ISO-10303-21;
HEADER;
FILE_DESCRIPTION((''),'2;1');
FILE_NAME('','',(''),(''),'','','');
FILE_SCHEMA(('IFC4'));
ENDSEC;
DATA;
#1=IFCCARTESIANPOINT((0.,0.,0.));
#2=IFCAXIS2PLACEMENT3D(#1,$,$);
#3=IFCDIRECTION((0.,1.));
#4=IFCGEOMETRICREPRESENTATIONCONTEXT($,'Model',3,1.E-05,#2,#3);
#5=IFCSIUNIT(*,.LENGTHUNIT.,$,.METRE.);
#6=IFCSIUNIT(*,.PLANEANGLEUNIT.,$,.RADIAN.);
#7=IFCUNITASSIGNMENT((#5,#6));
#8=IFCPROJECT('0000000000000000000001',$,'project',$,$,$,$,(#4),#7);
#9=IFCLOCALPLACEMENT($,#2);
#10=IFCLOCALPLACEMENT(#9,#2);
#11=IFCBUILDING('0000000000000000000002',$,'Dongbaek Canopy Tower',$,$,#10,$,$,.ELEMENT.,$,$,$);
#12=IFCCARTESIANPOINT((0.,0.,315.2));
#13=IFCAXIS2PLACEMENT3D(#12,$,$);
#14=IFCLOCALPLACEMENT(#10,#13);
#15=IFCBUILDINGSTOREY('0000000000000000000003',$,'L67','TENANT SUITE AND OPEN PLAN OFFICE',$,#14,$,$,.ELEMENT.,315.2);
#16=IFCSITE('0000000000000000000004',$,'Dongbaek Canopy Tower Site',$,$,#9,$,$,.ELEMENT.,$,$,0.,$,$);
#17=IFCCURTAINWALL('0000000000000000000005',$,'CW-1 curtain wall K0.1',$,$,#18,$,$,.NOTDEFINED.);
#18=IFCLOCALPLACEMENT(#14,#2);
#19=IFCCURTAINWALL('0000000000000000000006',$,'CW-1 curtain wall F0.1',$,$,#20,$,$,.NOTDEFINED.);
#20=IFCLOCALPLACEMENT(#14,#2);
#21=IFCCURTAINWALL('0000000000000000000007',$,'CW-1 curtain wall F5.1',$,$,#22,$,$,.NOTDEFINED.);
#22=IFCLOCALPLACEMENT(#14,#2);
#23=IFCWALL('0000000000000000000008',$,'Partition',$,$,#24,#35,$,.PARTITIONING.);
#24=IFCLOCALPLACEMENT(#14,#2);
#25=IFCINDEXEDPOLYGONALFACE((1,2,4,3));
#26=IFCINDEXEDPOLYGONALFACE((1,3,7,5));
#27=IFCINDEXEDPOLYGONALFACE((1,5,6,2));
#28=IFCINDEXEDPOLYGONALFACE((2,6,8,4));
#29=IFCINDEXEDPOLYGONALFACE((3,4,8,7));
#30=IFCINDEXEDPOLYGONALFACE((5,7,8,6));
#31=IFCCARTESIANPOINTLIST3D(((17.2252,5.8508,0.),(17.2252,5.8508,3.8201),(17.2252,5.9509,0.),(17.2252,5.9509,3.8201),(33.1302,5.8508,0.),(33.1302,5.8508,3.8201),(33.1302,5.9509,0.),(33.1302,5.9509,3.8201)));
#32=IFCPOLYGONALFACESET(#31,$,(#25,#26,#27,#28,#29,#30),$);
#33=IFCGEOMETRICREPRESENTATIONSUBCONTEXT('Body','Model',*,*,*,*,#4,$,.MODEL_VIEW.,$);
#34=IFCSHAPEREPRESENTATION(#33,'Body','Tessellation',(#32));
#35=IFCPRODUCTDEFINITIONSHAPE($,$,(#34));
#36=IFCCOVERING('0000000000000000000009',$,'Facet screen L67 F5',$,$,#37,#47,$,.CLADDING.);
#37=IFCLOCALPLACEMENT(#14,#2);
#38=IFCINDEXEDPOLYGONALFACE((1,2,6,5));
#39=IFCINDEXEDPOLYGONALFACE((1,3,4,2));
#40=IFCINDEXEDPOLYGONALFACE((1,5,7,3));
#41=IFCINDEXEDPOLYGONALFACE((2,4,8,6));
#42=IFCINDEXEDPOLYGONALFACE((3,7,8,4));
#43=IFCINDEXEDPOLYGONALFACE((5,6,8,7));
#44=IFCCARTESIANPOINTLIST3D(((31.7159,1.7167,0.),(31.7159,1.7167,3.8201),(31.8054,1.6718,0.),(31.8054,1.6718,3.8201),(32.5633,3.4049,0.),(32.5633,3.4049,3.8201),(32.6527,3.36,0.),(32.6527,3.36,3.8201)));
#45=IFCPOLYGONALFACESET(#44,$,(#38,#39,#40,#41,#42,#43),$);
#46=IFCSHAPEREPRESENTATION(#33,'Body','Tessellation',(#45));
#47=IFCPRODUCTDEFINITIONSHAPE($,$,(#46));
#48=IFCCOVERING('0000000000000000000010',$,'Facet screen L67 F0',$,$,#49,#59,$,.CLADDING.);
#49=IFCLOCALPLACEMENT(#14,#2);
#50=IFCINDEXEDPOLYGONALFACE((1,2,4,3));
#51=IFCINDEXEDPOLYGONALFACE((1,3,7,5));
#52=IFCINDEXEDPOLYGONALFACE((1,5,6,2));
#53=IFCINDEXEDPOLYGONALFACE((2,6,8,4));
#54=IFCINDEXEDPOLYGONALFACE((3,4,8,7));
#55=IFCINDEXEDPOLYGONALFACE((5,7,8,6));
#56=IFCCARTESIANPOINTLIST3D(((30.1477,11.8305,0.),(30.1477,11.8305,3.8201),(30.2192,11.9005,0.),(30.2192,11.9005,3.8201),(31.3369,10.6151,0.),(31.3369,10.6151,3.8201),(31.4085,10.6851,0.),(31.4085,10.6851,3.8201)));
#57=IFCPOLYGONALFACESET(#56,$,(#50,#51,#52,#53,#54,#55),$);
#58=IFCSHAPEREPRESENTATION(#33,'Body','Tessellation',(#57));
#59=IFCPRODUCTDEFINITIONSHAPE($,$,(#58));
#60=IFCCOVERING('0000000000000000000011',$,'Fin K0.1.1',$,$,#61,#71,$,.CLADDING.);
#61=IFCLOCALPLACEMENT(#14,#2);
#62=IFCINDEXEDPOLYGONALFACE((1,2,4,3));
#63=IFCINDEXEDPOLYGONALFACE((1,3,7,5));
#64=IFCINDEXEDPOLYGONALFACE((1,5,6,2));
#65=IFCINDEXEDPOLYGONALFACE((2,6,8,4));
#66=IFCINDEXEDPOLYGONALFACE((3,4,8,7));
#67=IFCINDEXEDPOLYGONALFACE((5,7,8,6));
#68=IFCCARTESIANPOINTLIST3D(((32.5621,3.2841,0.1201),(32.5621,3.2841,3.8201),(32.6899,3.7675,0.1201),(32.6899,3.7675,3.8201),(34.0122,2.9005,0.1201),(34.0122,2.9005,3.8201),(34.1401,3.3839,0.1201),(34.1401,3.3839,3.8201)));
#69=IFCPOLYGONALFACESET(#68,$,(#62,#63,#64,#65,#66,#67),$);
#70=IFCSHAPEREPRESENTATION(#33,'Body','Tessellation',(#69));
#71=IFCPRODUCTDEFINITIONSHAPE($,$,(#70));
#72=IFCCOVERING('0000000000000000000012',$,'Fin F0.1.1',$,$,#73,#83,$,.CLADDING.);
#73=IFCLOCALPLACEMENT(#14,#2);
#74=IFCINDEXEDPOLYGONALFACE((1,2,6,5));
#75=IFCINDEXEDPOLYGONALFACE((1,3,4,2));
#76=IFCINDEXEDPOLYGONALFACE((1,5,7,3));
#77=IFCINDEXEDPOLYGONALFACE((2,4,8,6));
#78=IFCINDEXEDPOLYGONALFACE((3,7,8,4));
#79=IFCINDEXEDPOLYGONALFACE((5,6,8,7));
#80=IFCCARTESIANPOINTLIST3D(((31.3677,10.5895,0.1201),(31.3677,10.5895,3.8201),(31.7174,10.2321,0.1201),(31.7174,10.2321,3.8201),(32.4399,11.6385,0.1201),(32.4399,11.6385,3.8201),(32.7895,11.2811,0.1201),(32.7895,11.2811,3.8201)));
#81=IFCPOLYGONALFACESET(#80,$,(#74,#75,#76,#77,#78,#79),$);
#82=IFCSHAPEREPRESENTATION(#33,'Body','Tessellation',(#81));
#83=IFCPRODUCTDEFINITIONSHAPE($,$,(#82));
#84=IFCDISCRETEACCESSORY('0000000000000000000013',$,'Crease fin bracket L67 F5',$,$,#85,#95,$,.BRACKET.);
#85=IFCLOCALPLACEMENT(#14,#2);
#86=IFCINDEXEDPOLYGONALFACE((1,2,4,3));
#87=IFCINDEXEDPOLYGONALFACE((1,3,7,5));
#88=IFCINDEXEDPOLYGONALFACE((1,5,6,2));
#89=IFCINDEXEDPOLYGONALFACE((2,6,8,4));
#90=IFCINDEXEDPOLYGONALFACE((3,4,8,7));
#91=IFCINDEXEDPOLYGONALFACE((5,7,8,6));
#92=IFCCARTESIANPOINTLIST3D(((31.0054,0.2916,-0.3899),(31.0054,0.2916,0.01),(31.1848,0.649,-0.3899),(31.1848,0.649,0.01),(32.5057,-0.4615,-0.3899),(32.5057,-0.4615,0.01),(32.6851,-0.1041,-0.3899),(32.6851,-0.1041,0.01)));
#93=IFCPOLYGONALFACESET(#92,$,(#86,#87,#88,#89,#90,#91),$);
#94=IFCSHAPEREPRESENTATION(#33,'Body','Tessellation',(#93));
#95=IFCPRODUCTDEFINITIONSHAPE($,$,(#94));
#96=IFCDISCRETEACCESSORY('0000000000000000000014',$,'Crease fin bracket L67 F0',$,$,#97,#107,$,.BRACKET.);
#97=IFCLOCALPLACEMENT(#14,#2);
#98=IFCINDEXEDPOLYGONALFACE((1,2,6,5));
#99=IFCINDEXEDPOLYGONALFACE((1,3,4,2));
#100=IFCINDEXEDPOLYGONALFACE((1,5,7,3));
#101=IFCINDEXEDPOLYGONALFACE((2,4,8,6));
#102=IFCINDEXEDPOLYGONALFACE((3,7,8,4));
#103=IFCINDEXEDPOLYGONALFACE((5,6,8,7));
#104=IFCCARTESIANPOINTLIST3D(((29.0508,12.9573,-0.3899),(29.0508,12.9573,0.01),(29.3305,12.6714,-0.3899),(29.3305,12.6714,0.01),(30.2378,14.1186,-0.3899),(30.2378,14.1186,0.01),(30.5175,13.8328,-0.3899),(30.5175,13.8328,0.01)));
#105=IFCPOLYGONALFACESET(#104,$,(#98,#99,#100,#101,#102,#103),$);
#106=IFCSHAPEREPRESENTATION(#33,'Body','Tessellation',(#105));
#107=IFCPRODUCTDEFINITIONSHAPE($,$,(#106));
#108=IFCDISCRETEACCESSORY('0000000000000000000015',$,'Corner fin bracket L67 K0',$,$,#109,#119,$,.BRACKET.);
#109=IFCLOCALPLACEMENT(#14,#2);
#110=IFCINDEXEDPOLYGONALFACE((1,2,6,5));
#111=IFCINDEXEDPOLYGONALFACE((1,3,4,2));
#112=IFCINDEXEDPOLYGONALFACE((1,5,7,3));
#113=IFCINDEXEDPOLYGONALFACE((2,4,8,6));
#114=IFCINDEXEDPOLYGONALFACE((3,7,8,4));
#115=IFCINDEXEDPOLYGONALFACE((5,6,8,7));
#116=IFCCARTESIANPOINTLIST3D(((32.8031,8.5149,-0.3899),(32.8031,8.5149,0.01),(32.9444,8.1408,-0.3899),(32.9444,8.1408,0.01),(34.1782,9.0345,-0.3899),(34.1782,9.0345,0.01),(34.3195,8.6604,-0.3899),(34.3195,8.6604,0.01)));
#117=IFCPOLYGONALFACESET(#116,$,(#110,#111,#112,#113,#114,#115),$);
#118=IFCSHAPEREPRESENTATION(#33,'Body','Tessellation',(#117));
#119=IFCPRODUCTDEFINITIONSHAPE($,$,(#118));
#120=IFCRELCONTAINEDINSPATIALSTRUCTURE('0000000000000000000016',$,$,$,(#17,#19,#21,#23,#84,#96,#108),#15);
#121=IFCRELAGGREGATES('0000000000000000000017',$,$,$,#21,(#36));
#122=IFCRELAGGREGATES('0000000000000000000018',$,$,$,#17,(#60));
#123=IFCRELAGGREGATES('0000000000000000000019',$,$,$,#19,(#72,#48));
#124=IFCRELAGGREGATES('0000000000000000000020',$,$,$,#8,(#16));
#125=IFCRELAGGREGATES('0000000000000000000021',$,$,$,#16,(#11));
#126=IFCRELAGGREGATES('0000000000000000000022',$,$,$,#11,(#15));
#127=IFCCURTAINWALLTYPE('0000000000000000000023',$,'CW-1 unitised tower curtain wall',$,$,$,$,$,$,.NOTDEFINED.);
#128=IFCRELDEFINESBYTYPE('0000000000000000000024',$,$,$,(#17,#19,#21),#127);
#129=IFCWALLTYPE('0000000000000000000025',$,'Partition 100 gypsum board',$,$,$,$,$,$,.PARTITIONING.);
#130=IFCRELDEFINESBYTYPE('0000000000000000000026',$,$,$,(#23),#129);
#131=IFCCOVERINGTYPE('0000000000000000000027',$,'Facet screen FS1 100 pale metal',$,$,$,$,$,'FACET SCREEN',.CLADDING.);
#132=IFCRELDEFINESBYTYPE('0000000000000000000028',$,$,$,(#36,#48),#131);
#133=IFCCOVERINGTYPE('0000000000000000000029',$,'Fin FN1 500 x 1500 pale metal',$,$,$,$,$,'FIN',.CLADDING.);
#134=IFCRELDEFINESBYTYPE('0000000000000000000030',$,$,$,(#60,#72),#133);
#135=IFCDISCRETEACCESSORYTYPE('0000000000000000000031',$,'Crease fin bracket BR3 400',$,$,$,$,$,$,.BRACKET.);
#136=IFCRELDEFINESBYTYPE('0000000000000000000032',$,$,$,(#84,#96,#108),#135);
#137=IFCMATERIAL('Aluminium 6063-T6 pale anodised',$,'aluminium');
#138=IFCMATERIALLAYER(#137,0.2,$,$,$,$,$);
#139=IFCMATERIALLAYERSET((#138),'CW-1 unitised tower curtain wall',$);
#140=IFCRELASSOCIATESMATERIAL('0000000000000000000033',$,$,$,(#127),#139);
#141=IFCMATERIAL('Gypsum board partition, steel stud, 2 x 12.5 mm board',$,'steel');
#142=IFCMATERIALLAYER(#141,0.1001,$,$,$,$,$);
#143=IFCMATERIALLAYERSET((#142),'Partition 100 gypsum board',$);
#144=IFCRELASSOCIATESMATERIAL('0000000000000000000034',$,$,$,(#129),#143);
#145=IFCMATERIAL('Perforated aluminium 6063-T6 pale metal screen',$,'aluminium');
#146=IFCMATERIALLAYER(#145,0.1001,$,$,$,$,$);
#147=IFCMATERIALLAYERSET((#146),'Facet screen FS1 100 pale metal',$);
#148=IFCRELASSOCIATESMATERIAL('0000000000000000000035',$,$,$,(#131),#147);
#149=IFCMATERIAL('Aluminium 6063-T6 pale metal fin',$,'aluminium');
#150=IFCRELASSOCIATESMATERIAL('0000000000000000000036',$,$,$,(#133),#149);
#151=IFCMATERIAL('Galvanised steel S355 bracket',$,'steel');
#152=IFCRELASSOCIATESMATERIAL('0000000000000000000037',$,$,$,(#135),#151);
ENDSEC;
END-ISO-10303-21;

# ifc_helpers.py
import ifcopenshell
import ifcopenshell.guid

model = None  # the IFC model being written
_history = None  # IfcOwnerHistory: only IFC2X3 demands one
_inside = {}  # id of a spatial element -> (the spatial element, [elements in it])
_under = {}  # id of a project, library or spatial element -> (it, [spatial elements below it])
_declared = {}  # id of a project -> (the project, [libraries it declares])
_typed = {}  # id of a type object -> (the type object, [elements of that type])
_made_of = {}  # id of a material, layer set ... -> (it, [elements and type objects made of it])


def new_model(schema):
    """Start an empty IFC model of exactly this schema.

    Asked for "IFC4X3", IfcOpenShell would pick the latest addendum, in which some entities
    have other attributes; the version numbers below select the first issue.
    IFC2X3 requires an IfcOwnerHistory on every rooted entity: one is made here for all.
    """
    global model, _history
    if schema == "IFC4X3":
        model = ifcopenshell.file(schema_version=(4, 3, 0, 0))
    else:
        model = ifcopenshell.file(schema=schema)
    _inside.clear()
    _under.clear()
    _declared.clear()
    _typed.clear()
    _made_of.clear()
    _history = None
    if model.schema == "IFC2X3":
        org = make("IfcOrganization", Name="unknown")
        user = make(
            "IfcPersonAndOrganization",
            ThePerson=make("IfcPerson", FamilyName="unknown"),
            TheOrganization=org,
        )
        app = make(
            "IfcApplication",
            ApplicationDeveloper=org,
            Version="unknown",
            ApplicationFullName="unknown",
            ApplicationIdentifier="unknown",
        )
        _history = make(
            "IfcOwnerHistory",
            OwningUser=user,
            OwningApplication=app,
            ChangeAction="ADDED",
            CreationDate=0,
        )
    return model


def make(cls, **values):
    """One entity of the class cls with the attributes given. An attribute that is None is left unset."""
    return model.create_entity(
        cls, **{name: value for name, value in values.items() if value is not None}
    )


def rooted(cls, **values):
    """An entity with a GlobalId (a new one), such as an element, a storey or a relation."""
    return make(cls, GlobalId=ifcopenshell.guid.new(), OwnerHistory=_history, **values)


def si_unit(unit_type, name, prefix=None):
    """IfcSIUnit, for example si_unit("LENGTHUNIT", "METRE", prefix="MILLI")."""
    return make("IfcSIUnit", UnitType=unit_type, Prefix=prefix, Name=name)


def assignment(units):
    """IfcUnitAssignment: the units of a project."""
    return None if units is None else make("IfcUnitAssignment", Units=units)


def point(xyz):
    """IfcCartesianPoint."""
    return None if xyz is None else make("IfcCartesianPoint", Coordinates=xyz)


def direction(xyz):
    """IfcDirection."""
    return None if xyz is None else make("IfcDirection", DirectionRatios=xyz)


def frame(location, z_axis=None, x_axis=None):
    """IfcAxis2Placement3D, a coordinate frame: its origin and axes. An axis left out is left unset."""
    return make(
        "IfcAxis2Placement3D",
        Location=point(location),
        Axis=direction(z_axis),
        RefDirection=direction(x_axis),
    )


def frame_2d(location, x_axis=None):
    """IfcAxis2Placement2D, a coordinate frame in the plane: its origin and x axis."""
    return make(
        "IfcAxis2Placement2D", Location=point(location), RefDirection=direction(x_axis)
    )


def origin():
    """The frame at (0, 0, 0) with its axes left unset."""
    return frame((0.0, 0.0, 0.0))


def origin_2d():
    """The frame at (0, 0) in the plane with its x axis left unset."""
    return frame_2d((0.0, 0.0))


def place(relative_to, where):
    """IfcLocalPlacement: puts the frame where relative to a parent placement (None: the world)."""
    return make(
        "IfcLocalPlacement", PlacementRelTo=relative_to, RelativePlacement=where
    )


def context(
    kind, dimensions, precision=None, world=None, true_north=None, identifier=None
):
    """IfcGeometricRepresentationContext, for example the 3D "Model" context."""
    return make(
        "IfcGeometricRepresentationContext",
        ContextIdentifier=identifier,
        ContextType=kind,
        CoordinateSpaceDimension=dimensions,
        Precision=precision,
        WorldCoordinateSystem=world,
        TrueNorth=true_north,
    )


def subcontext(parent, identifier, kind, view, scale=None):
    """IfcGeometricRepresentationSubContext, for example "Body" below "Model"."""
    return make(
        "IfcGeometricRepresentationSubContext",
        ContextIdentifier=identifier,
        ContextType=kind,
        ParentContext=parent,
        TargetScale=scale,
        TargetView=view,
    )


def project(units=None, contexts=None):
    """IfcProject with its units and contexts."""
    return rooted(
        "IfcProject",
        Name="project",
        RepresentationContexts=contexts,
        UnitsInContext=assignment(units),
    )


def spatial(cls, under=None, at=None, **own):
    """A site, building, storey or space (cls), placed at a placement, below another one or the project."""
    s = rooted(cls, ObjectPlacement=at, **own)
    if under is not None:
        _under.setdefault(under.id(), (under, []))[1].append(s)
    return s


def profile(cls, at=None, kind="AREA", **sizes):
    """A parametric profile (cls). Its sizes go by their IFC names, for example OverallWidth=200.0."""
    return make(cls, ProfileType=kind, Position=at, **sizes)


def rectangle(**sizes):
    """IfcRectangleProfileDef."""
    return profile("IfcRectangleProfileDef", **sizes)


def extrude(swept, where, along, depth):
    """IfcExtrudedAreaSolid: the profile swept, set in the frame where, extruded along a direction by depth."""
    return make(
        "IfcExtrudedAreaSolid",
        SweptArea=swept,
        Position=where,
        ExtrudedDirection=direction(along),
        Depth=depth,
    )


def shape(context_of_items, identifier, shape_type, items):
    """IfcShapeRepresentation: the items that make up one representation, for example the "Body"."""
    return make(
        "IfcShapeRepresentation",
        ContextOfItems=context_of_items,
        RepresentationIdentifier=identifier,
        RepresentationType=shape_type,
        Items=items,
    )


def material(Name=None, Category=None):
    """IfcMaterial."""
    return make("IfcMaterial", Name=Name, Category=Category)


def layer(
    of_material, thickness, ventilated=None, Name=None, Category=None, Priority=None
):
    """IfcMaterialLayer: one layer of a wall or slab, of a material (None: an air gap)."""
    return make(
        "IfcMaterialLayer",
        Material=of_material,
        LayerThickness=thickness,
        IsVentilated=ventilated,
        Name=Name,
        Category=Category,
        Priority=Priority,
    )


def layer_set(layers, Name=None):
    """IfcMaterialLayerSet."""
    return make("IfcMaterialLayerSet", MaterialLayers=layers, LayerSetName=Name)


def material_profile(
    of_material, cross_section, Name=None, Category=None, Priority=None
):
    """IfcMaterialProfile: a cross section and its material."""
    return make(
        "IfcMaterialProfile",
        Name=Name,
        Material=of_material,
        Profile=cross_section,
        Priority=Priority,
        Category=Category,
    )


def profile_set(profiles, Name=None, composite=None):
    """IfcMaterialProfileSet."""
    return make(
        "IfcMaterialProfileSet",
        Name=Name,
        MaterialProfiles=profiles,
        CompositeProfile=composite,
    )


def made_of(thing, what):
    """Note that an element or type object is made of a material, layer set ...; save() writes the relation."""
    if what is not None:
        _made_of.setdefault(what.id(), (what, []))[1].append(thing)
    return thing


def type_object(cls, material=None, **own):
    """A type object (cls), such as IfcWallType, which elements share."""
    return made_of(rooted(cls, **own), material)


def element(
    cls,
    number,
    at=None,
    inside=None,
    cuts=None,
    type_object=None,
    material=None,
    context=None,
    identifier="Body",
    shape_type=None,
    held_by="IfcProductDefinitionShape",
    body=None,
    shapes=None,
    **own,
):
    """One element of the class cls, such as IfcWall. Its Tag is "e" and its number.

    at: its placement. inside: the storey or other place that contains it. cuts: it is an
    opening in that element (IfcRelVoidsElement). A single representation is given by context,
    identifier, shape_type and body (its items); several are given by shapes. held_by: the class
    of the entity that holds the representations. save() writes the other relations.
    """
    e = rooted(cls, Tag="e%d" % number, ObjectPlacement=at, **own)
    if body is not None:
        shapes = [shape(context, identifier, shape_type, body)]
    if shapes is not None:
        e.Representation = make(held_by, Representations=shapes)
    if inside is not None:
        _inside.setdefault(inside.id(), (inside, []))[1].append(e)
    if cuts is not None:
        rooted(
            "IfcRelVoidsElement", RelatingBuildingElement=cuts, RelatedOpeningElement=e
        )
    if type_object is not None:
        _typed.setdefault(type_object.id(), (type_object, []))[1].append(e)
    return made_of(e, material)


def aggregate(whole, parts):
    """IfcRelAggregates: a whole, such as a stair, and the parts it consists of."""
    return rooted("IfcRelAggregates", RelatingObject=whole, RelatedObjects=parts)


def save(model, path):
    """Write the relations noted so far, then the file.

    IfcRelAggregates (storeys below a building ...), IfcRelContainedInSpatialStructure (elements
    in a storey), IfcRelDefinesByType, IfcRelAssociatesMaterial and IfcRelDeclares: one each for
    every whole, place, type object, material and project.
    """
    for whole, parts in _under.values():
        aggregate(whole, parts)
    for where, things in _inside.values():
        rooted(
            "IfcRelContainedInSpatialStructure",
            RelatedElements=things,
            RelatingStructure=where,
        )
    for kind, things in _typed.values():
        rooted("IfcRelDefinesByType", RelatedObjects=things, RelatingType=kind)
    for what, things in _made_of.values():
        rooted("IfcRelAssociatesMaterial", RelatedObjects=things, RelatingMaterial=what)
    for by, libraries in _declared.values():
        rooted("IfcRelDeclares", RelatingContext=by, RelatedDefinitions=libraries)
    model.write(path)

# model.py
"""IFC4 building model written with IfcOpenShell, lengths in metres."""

from ifc_helpers import new_model, si_unit, direction, frame, frame_2d, origin, origin_2d, place, context, subcontext, project, spatial, rectangle, extrude, material, layer, layer_set, material_profile, profile_set, type_object, element, aggregate, save


model = new_model("IFC4")

# Units and contexts
model_context = context("Model", 3, precision=1e-05, world=origin(), true_north=direction((0.0, 1.0)))
body_context = subcontext(model_context, "Body", "Model", "MODEL_VIEW")
ifc_project = project(units=[si_unit("LENGTHUNIT", "METRE"), si_unit("PLANEANGLEUNIT", "RADIAN")], contexts=[model_context])

# Site, building, storey
site_placement = place(None, origin())
site = spatial("IfcSite", under=ifc_project, at=site_placement, Name="Dongbaek Canopy Tower Site", CompositionType="ELEMENT", RefElevation=0.0)
building_placement = place(site_placement, origin())
building = spatial("IfcBuilding", under=site, at=building_placement, Name="Dongbaek Canopy Tower", CompositionType="ELEMENT")
storey_placement = place(building_placement, frame((0.0, 0.0, 315.2)))
storey = spatial("IfcBuildingStorey", under=building, at=storey_placement, Name="L67", Description="TENANT SUITE AND OPEN PLAN OFFICE", CompositionType="ELEMENT", Elevation=315.2)

# Curtain wall
ifc_material_1 = material(Name="Aluminium 6063-T6 pale anodised", Category="aluminium")
ifc_layer_1 = layer(ifc_material_1, 0.2)
ifc_layer_set_1 = layer_set([ifc_layer_1], Name="CW-1 unitised tower curtain wall")
curtain_wall_type = type_object("IfcCurtainWallType", Name="CW-1 unitised tower curtain wall", PredefinedType="NOTDEFINED", material=ifc_layer_set_1)
curtain_wall_1_placement = place(storey_placement, origin())
curtain_wall_1 = element("IfcCurtainWall", 1, at=curtain_wall_1_placement, inside=storey, type_object=curtain_wall_type, Name="CW-1 curtain wall K0.1", PredefinedType="NOTDEFINED")

# Curtain wall
curtain_wall_2_placement = place(storey_placement, origin())
curtain_wall_2 = element("IfcCurtainWall", 2, at=curtain_wall_2_placement, inside=storey, type_object=curtain_wall_type, Name="CW-1 curtain wall F0.1", PredefinedType="NOTDEFINED")

# Curtain wall
curtain_wall_3_placement = place(storey_placement, origin())
curtain_wall_3 = element("IfcCurtainWall", 3, at=curtain_wall_3_placement, inside=storey, type_object=curtain_wall_type, Name="CW-1 curtain wall F5.1", PredefinedType="NOTDEFINED")

# Wall
ifc_material_2 = material(Name="Gypsum board partition, steel stud, 2 x 12.5 mm board", Category="steel")
ifc_layer_2 = layer(ifc_material_2, 0.1001)
ifc_layer_set_2 = layer_set([ifc_layer_2], Name="Partition 100 gypsum board")
wall_type = type_object("IfcWallType", Name="Partition 100 gypsum board", PredefinedType="PARTITIONING", material=ifc_layer_set_2)
wall_placement = place(storey_placement, frame((17.2251, 5.9009, 0.0), z_axis=(0.0, 0.0, 1.0), x_axis=(1.0, 0.0, 0.0)))
element("IfcWall", 4, at=wall_placement, inside=storey, type_object=wall_type, Name="Partition", PredefinedType="PARTITIONING", context=body_context, shape_type="SweptSolid", body=[
    extrude(rectangle(XDim=15.905, YDim=0.1001, at=frame_2d((7.9526, 0.0))), origin(), (0.0, 0.0, 1.0), 3.8201),
])

# Coverings
ifc_material_3 = material(Name="Perforated aluminium 6063-T6 pale metal screen", Category="aluminium")
ifc_layer_3 = layer(ifc_material_3, 0.1001)
ifc_layer_set_3 = layer_set([ifc_layer_3], Name="Facet screen FS1 100 pale metal")
covering_type_1 = type_object("IfcCoveringType", Name="Facet screen FS1 100 pale metal", ElementType="FACET SCREEN", PredefinedType="CLADDING", material=ifc_layer_set_3)
covering_1_placement = place(storey_placement, frame((32.1843, 2.5383, 0.0), z_axis=(0.0, 0.0, 1.0), x_axis=(0.448598, 0.893733, 0.0)))
covering_1 = element("IfcCovering", 5, at=covering_1_placement, type_object=covering_type_1, Name="Facet screen L67 F5", PredefinedType="CLADDING", context=body_context, shape_type="SweptSolid", body=[
    extrude(rectangle(XDim=1.8889, YDim=0.1001, at=origin_2d()), origin(), (0.0, 0.0, 1.0), 3.8201),
])
aggregate(curtain_wall_3, [covering_1])
covering_2_placement = place(storey_placement, frame((30.7781, 11.2578, 0.0), z_axis=(0.0, 0.0, 1.0), x_axis=(-0.699349, 0.71478, 0.0)))
covering_2 = element("IfcCovering", 6, at=covering_2_placement, type_object=covering_type_1, Name="Facet screen L67 F0", PredefinedType="CLADDING", context=body_context, shape_type="SweptSolid", body=[
    extrude(rectangle(XDim=1.7004, YDim=0.1001, at=origin_2d()), origin(), (0.0, 0.0, 1.0), 3.8201),
])
ifc_material_4 = material(Name="Aluminium 6063-T6 pale metal fin", Category="aluminium")
ifc_material_profile_1 = material_profile(ifc_material_4, rectangle(XDim=1.5, YDim=0.5, at=origin_2d()), Name="Fin FN1 500 x 1500 pale metal")
ifc_profile_set_1 = profile_set([ifc_material_profile_1], Name="Aluminium 6063-T6 pale metal fin")
covering_type_2 = type_object("IfcCoveringType", Name="Fin FN1 500 x 1500 pale metal", ElementType="FIN", PredefinedType="CLADDING", material=ifc_profile_set_1)
covering_3_placement = place(storey_placement, frame((33.3511, 3.334, 0.1201), z_axis=(0.0, 0.0, 1.0), x_axis=(0.966753, -0.255711, 0.0)))
covering_3 = element("IfcCovering", 7, at=covering_3_placement, type_object=covering_type_2, Name="Fin K0.1.1", PredefinedType="CLADDING", context=body_context, shape_type="SweptSolid", body=[
    extrude(rectangle(XDim=1.5, YDim=0.5, at=origin_2d()), origin(), (0.0, 0.0, 1.0), 3.7),
])
aggregate(curtain_wall_1, [covering_3])
covering_4_placement = place(storey_placement, frame((32.0786, 10.9353, 0.1201), z_axis=(0.0, 0.0, 1.0), x_axis=(0.71478, 0.699349, 0.0)))
covering_4 = element("IfcCovering", 8, at=covering_4_placement, type_object=covering_type_2, Name="Fin F0.1.1", PredefinedType="CLADDING", context=body_context, shape_type="SweptSolid", body=[
    extrude(rectangle(XDim=1.5, YDim=0.5, at=origin_2d()), origin(), (0.0, 0.0, 1.0), 3.7),
])
aggregate(curtain_wall_2, [covering_4, covering_2])

# Discrete accessories
ifc_material_5 = material(Name="Galvanised steel S355 bracket", Category="steel")
discrete_accessory_type = type_object("IfcDiscreteAccessoryType", Name="Crease fin bracket BR3 400", PredefinedType="BRACKET", material=ifc_material_5)
discrete_accessory_1_placement = place(storey_placement, frame((31.8452, 0.0938, -0.3899), z_axis=(0.0, 0.0, 1.0), x_axis=(0.893733, -0.448598, 0.0)))
element("IfcDiscreteAccessory", 9, at=discrete_accessory_1_placement, inside=storey, type_object=discrete_accessory_type, Name="Crease fin bracket L67 F5", PredefinedType="BRACKET", context=body_context, shape_type="SweptSolid", body=[
    extrude(rectangle(XDim=1.6787, YDim=0.3999, at=origin_2d()), origin(), (0.0, 0.0, 1.0), 0.3999),
])
discrete_accessory_2_placement = place(storey_placement, frame((29.7842, 13.395, -0.3899), z_axis=(0.0, 0.0, 1.0), x_axis=(0.71478, 0.699349, 0.0)))
element("IfcDiscreteAccessory", 10, at=discrete_accessory_2_placement, inside=storey, type_object=discrete_accessory_type, Name="Crease fin bracket L67 F0", PredefinedType="BRACKET", context=body_context, shape_type="SweptSolid", body=[
    extrude(rectangle(XDim=1.6606, YDim=0.3999, at=origin_2d()), origin(), (0.0, 0.0, 1.0), 0.3999),
])
discrete_accessory_3_placement = place(storey_placement, frame((33.5613, 8.5876, -0.3899), z_axis=(0.0, 0.0, 1.0), x_axis=(0.935453, 0.353452, 0.0)))
element("IfcDiscreteAccessory", 11, at=discrete_accessory_3_placement, inside=storey, type_object=discrete_accessory_type, Name="Corner fin bracket L67 K0", PredefinedType="BRACKET", context=body_context, shape_type="SweptSolid", body=[
    extrude(rectangle(XDim=1.47, YDim=0.3999, at=origin_2d()), origin(), (0.0, 0.0, 1.0), 0.3999),
])

save(model, "model.ifc")
